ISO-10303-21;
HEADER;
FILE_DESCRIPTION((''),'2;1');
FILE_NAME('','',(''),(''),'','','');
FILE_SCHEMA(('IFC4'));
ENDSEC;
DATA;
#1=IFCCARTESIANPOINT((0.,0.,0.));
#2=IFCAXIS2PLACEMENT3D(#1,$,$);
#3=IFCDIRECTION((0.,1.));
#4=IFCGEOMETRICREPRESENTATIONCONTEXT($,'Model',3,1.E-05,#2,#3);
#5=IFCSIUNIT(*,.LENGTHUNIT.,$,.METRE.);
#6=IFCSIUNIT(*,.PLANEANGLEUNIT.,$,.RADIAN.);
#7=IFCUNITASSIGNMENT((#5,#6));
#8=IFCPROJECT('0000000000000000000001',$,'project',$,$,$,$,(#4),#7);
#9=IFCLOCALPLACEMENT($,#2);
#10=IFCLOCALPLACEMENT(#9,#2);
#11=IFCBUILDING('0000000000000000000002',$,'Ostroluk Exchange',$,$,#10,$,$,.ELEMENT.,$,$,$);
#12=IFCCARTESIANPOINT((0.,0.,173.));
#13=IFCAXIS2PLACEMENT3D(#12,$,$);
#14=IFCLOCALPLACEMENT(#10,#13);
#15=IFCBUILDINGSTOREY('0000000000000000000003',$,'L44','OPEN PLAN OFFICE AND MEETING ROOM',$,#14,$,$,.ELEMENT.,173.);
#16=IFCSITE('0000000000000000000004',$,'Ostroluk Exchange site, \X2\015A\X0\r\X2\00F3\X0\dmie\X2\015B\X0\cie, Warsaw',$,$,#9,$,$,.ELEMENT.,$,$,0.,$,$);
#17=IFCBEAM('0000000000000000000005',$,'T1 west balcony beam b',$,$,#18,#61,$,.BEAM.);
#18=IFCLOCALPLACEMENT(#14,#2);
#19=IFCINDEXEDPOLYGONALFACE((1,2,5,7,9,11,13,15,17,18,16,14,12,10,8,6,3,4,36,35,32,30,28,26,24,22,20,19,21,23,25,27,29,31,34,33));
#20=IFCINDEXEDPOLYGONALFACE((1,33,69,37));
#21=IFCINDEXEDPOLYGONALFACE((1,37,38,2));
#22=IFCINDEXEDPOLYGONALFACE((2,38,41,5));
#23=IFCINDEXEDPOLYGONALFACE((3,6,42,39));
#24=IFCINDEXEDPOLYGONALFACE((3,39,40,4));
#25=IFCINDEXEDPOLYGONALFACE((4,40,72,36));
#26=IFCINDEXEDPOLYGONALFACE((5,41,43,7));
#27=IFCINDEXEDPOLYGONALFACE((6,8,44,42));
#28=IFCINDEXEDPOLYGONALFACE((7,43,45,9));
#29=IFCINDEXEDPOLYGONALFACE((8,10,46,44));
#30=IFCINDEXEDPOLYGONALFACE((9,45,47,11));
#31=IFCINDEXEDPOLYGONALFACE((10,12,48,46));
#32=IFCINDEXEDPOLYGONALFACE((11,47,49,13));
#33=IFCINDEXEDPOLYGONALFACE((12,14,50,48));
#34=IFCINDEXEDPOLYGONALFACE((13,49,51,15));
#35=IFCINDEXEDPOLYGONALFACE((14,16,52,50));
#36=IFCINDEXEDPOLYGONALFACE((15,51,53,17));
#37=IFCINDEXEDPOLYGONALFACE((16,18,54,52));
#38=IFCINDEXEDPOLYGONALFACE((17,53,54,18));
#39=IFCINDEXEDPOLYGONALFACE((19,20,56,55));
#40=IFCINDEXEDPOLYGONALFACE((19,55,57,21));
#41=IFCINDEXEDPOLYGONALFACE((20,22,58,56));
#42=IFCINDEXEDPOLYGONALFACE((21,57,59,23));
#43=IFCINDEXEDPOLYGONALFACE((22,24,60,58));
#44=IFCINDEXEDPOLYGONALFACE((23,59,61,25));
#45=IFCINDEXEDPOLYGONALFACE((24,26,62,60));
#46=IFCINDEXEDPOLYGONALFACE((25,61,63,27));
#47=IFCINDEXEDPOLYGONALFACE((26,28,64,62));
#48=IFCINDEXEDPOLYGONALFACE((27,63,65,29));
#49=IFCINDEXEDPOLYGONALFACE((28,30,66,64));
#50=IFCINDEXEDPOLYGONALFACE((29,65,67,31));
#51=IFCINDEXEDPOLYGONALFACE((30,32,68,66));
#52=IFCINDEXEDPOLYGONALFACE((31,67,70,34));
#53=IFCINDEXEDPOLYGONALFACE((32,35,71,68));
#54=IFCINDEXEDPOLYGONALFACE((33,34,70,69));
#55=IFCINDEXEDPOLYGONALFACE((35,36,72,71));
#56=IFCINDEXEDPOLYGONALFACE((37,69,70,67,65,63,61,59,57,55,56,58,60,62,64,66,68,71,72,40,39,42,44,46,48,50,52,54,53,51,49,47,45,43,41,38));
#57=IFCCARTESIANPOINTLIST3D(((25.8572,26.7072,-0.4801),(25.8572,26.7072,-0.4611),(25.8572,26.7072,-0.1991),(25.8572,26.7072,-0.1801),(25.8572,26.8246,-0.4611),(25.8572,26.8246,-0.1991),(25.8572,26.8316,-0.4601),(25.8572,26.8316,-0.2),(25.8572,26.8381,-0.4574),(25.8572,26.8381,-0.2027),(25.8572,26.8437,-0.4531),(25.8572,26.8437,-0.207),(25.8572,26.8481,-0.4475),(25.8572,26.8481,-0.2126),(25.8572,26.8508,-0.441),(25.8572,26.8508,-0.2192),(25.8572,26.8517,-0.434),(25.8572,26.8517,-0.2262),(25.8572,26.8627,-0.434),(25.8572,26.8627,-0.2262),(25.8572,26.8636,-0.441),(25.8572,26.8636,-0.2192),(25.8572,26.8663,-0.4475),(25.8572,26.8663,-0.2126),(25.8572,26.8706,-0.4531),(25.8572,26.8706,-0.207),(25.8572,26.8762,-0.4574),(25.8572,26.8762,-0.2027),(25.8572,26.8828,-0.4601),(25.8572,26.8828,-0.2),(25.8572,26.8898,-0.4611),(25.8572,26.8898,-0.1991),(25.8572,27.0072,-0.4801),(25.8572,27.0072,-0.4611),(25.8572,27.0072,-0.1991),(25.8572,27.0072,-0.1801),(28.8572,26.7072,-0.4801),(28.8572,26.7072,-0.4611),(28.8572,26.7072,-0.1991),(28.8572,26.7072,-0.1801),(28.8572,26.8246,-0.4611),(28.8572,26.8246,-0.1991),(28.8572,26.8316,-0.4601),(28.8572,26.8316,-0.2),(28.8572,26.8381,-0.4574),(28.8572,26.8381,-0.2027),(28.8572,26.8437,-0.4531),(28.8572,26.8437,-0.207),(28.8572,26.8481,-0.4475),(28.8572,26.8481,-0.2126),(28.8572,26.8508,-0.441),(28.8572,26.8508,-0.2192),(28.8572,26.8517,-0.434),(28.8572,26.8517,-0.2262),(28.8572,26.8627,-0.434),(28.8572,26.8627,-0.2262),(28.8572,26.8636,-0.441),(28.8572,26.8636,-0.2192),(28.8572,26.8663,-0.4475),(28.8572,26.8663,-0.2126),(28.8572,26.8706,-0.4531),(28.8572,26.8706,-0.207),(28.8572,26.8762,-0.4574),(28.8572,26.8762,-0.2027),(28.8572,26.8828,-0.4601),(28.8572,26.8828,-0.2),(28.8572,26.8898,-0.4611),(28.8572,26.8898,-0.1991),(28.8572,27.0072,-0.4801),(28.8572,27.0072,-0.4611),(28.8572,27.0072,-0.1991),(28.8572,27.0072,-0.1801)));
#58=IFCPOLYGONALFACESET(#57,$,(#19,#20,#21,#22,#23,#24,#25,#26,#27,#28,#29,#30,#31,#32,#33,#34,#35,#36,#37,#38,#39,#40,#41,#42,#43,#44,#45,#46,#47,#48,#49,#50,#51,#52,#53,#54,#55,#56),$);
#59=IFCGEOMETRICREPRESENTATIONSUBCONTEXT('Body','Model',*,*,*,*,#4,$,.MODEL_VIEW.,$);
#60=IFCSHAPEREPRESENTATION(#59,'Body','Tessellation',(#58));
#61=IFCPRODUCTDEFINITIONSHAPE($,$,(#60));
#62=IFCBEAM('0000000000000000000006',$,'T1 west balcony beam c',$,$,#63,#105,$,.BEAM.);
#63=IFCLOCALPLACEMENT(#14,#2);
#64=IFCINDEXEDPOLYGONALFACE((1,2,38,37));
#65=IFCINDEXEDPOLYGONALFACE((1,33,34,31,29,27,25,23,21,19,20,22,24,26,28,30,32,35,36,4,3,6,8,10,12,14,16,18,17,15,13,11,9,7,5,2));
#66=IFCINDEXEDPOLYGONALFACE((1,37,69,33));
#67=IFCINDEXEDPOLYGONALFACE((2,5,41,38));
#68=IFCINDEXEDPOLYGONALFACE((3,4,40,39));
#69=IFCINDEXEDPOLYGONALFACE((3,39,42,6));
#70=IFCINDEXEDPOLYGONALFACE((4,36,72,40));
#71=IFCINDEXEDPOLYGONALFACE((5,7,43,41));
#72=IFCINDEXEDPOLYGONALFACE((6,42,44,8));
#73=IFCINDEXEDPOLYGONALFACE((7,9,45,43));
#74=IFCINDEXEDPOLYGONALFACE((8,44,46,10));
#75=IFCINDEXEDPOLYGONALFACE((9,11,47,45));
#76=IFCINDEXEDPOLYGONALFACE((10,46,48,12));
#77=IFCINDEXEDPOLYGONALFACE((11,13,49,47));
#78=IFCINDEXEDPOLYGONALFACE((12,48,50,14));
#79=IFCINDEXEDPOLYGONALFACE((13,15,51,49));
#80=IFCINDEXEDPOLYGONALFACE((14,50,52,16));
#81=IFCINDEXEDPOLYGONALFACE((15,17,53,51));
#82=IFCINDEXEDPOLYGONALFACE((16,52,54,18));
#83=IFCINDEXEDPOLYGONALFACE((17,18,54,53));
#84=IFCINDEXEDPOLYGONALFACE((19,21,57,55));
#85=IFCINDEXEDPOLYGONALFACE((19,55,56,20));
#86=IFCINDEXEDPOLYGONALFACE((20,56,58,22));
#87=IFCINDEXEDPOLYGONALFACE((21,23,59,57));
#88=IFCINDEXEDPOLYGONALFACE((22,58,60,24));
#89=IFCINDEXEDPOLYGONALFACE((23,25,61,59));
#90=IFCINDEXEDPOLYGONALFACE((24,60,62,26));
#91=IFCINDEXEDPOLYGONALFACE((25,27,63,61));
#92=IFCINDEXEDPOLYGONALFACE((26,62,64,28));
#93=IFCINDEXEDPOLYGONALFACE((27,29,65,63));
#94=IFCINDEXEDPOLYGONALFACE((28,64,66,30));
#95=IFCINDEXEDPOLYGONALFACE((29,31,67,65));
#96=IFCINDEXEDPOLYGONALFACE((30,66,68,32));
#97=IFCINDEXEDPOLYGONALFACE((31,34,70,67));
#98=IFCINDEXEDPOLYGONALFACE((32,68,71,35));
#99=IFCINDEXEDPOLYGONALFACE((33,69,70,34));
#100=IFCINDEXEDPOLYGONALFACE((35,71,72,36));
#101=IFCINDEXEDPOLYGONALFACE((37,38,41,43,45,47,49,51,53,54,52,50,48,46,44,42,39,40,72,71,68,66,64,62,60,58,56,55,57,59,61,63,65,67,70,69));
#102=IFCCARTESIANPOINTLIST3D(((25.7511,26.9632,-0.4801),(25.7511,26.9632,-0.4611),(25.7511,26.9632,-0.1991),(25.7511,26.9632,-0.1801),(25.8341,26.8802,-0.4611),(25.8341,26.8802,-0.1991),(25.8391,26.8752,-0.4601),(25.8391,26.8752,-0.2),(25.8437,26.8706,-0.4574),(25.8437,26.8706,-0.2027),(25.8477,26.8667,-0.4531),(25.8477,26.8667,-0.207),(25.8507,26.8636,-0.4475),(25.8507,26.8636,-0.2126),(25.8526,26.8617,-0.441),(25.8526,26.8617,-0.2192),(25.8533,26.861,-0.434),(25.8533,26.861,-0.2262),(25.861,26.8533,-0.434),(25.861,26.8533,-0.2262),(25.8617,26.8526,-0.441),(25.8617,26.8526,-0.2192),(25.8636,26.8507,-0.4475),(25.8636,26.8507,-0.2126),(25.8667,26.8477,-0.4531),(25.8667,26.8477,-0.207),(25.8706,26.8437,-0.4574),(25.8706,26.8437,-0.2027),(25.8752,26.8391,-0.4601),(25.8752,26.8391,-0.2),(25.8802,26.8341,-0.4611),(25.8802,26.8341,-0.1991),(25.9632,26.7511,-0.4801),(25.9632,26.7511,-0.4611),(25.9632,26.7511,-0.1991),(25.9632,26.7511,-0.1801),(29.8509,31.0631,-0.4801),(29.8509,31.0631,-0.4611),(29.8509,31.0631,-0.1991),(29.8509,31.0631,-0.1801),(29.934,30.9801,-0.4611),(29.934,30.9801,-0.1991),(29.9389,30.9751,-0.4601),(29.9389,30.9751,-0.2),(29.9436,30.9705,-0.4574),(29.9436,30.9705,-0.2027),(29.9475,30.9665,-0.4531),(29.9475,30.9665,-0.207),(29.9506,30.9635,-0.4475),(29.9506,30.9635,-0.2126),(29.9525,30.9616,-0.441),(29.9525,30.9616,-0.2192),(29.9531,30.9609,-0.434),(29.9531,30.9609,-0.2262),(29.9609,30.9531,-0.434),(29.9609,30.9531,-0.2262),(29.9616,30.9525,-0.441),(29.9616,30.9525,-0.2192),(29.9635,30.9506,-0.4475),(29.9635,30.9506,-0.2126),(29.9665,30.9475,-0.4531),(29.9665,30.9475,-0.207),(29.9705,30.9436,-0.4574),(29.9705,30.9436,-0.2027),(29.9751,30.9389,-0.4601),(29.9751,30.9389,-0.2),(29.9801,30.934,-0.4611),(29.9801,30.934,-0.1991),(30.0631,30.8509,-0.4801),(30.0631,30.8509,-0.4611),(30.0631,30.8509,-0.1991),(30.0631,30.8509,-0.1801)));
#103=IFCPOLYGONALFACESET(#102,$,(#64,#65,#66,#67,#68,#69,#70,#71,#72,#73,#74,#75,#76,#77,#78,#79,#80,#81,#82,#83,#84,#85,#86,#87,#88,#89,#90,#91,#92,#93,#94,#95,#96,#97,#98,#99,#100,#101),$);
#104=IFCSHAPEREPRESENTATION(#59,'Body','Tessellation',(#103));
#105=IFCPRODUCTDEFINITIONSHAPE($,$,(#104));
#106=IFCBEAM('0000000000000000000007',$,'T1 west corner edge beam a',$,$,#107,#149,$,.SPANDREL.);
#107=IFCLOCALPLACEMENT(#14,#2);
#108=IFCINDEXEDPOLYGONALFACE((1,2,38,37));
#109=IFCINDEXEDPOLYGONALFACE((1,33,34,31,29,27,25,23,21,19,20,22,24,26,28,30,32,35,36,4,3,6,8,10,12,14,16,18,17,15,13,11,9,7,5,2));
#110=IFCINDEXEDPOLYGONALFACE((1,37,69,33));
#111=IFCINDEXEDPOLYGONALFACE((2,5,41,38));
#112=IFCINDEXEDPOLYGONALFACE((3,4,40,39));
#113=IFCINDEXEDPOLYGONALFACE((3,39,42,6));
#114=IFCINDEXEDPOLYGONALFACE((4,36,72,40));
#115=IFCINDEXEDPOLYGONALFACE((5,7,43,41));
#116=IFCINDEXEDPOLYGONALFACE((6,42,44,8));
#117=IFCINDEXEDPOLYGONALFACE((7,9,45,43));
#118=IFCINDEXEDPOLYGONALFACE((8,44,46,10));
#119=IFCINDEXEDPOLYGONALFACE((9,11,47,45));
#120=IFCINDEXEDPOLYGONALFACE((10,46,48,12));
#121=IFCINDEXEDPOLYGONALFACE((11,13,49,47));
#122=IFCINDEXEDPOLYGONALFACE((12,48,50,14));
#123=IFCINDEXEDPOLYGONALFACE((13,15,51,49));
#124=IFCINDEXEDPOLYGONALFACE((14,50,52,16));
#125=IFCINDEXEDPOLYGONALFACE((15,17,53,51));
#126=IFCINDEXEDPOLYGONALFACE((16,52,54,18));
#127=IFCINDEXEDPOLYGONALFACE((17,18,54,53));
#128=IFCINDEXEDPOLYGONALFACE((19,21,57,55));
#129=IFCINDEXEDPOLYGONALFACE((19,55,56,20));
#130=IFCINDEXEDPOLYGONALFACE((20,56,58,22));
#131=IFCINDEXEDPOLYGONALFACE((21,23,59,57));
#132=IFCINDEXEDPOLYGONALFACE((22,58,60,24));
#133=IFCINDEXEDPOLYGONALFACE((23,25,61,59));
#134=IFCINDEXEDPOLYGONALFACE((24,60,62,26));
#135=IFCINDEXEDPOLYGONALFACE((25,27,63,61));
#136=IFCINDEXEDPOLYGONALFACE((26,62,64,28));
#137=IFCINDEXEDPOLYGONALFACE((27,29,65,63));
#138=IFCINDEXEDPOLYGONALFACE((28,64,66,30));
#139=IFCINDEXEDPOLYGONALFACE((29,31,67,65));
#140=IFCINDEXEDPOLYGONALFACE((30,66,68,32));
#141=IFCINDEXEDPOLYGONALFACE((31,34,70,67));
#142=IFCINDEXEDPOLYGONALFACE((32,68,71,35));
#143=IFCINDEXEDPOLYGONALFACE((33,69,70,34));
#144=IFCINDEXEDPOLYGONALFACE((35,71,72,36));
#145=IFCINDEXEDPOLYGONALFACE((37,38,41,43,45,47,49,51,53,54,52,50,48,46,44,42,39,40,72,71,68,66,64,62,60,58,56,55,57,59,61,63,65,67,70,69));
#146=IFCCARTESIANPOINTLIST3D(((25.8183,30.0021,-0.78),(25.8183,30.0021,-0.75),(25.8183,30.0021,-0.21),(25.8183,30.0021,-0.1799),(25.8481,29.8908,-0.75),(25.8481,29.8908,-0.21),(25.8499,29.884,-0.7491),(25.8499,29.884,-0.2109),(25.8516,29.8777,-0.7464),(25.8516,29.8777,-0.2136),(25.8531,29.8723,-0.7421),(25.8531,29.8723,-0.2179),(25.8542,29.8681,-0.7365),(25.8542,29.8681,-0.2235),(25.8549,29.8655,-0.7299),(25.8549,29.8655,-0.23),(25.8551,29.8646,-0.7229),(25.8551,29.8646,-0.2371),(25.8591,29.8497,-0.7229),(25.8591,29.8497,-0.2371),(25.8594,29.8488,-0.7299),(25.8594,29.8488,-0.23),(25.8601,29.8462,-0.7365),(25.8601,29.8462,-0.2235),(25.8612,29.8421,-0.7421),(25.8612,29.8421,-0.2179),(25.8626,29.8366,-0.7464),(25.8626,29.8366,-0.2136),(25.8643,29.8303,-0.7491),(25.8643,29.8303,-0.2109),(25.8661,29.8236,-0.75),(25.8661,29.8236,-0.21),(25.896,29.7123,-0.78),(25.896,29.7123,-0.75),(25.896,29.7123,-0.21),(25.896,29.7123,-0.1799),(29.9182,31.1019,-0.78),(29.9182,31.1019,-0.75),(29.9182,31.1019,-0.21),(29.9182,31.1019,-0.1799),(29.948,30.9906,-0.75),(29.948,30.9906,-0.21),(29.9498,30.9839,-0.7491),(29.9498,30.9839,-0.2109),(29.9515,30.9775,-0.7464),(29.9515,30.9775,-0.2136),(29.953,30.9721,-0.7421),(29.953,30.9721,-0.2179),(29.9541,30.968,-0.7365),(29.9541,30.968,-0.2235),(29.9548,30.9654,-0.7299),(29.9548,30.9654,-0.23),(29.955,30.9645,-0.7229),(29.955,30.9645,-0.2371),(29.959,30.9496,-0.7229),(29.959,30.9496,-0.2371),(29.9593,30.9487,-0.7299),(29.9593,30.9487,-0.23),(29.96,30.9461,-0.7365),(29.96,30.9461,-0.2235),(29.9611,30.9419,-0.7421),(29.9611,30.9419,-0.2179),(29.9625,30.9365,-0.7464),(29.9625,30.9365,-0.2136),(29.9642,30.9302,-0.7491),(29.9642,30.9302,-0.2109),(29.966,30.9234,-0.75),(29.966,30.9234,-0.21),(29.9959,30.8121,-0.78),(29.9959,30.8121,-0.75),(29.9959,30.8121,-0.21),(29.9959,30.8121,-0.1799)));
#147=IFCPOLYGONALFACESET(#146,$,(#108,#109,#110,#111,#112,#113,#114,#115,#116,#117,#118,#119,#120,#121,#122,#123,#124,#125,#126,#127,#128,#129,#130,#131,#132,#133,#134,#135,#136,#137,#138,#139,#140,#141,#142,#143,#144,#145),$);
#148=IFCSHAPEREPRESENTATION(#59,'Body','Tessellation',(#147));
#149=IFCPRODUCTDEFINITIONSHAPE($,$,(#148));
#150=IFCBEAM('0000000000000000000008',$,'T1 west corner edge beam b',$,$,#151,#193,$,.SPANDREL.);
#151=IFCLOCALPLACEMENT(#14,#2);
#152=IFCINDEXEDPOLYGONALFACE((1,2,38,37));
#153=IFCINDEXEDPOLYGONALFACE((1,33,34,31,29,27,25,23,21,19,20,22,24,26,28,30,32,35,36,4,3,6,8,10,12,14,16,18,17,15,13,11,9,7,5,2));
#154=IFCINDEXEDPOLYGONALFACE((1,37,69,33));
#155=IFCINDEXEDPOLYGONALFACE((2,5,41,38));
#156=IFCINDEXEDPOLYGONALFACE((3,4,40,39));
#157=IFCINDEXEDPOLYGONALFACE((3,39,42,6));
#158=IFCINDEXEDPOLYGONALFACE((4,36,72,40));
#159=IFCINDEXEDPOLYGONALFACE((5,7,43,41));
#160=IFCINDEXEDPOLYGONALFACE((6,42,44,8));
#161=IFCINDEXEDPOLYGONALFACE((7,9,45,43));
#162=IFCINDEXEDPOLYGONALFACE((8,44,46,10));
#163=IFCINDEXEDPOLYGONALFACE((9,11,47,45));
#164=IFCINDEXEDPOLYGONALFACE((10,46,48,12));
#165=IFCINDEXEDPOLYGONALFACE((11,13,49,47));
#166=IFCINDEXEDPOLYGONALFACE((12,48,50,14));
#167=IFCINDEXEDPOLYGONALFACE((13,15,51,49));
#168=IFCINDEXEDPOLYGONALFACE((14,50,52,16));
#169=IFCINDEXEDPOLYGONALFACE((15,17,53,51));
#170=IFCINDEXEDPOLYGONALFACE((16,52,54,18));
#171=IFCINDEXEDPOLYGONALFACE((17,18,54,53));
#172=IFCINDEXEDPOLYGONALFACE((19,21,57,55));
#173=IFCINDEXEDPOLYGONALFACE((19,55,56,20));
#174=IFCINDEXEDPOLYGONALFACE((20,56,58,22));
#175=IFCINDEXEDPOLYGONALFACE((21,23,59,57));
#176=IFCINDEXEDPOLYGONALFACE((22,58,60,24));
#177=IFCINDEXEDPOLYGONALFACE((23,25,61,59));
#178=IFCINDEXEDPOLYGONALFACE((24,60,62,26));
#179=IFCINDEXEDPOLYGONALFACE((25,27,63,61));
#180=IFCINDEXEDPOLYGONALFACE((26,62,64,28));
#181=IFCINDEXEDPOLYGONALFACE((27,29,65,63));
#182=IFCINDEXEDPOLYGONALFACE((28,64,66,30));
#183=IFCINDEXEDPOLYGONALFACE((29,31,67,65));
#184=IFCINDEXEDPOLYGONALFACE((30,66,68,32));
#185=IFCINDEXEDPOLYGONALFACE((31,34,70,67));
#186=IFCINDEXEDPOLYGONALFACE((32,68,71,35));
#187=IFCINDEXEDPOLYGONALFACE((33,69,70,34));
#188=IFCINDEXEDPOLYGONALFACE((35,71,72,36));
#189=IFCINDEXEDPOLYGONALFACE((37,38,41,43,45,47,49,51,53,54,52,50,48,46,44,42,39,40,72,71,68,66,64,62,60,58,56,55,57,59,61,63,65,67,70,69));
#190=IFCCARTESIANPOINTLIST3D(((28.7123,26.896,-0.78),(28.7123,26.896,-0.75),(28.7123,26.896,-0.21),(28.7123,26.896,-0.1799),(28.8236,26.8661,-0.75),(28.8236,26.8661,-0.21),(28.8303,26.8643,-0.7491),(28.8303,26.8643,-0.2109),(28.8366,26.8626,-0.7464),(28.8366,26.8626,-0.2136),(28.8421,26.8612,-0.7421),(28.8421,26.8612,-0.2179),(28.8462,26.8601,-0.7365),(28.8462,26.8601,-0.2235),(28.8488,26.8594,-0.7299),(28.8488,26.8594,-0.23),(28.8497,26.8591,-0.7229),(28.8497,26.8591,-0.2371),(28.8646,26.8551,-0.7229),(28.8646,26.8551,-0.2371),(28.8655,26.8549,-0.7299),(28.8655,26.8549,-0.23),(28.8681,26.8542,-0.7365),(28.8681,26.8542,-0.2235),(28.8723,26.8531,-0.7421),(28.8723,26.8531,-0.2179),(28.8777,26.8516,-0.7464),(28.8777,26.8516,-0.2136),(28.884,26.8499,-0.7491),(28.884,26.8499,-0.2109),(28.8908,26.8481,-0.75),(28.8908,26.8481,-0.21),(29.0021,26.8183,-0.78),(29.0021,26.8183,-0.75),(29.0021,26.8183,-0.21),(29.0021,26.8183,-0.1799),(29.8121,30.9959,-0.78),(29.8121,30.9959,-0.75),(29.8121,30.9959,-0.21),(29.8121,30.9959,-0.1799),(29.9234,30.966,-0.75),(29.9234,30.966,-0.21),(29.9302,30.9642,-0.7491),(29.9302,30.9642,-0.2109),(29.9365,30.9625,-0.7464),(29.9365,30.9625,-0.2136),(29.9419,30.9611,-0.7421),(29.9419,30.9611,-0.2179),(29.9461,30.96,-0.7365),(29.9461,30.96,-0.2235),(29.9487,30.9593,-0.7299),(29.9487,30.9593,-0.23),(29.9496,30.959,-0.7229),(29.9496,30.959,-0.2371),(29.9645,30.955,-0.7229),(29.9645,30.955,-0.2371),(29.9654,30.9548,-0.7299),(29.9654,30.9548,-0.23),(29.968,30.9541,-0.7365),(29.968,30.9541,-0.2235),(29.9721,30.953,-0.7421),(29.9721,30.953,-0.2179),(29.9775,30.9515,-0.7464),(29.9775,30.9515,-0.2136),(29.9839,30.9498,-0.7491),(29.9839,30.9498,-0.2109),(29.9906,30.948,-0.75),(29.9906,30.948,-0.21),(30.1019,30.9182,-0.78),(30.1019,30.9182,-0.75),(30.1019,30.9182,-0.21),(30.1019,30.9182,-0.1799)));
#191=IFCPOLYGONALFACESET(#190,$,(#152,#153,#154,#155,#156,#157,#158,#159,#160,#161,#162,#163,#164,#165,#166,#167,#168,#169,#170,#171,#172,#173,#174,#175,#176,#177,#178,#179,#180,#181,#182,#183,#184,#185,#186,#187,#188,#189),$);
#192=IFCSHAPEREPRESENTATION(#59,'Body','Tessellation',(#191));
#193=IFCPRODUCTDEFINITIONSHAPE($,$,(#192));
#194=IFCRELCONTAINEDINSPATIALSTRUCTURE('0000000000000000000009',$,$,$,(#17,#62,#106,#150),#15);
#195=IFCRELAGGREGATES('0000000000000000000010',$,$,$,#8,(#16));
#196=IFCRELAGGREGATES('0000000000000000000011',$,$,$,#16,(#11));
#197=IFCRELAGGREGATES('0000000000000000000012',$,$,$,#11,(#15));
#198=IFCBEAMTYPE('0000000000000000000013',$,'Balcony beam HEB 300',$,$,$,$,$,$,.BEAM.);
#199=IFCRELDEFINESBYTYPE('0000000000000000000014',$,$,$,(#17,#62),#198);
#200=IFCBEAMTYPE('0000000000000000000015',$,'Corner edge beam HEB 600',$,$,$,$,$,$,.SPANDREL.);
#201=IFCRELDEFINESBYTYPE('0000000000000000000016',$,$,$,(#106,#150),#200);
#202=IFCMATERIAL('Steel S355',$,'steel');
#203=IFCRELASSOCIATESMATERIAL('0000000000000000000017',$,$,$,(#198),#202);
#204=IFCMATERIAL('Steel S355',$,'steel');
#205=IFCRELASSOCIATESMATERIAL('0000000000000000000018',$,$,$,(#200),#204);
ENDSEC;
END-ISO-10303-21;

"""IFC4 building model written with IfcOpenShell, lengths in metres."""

from ifc_helpers import new_model, si_unit, direction, frame, origin, origin_2d, place, context, subcontext, project, spatial, i_section, extrude, material, material_profile, profile_set, type_object, element, save


model = new_model("IFC4")

# Units and contexts
model_context = context("Model", 3, precision=1e-05, world=origin(), true_north=direction((0.0, 1.0)))
body_context = subcontext(model_context, "Body", "Model", "MODEL_VIEW")
ifc_project = project(units=[si_unit("LENGTHUNIT", "METRE"), si_unit("PLANEANGLEUNIT", "RADIAN")], contexts=[model_context])

# Site, building, storey
site_placement = place(None, origin())
site = spatial("IfcSite", under=ifc_project, at=site_placement, Name="Ostroluk Exchange site, Śródmieście, Warsaw", CompositionType="ELEMENT", RefElevation=0.0)
building_placement = place(site_placement, origin())
building = spatial("IfcBuilding", under=site, at=building_placement, Name="Ostroluk Exchange", CompositionType="ELEMENT")
storey_placement = place(building_placement, frame((0.0, 0.0, 173.0)))
storey = spatial("IfcBuildingStorey", under=building, at=storey_placement, Name="L44", Description="OPEN PLAN OFFICE AND MEETING ROOM", CompositionType="ELEMENT", Elevation=173.0)

# Beams
ifc_material_1 = material(Name="Steel S355", Category="steel")
ifc_material_profile_1 = material_profile(ifc_material_1, i_section(OverallWidth=0.3, OverallDepth=0.3, WebThickness=0.011, FlangeThickness=0.019, FilletRadius=0.0271, at=origin_2d()), Name="HEB 300")
ifc_profile_set_1 = profile_set([ifc_material_profile_1], Name="Steel S355")
beam_type_1 = type_object("IfcBeamType", Name="Balcony beam HEB 300", PredefinedType="BEAM", material=ifc_profile_set_1)
beam_1_placement = place(storey_placement, frame((28.8572, 26.8572, -0.3301), z_axis=(-1.0, 0.0, 0.0), x_axis=(0.0, -1.0, 0.0)))
element("IfcBeam", 1, at=beam_1_placement, inside=storey, type_object=beam_type_1, Name="T1 west balcony beam b", PredefinedType="BEAM", context=body_context, shape_type="SweptSolid", body=[
    extrude(i_section(OverallWidth=0.3, OverallDepth=0.3, WebThickness=0.011, FlangeThickness=0.019, FilletRadius=0.0271, at=origin_2d()), origin(), (0.0, 0.0, 1.0), 3.0),
])
beam_2_placement = place(storey_placement, frame((29.957, 30.957, -0.3301), z_axis=(-0.707107, -0.707107, 0.0), x_axis=(0.707107, -0.707107, 0.0)))
element("IfcBeam", 2, at=beam_2_placement, inside=storey, type_object=beam_type_1, Name="T1 west balcony beam c", PredefinedType="BEAM", context=body_context, shape_type="SweptSolid", body=[
    extrude(i_section(OverallWidth=0.3, OverallDepth=0.3, WebThickness=0.011, FlangeThickness=0.019, FilletRadius=0.0271, at=origin_2d()), origin(), (0.0, 0.0, 1.0), 5.7981),
])
ifc_material_2 = material(Name="Steel S355", Category="steel")
ifc_material_profile_2 = material_profile(ifc_material_2, i_section(OverallWidth=0.3, OverallDepth=0.6001, WebThickness=0.0154, FlangeThickness=0.03, FilletRadius=0.0271, at=origin_2d()), Name="HEB 600")
ifc_profile_set_2 = profile_set([ifc_material_profile_2], Name="Steel S355")
beam_type_2 = type_object("IfcBeamType", Name="Corner edge beam HEB 600", PredefinedType="SPANDREL", material=ifc_profile_set_2)
for number, where, z_axis, x_axis, name in (
    (3, (29.957, 30.957, -0.48), (-0.965849, -0.259105, 0.0), (0.259105, -0.965849, 0.0), "T1 west corner edge beam a"),
    (4, (29.957, 30.957, -0.48), (-0.259105, -0.965849, 0.0), (0.965849, -0.259105, 0.0), "T1 west corner edge beam b"),
):
    element("IfcBeam", number, at=place(storey_placement, frame(where, z_axis=z_axis, x_axis=x_axis)), inside=storey, type_object=beam_type_2, Name=name, PredefinedType="SPANDREL", context=body_context, shape_type="SweptSolid", body=[
        extrude(i_section(OverallWidth=0.3, OverallDepth=0.6001, WebThickness=0.0154, FlangeThickness=0.03, FilletRadius=0.0271, at=origin_2d()), origin(), (0.0, 0.0, 1.0), 4.2449),
    ])

save(model, "model.ifc")
